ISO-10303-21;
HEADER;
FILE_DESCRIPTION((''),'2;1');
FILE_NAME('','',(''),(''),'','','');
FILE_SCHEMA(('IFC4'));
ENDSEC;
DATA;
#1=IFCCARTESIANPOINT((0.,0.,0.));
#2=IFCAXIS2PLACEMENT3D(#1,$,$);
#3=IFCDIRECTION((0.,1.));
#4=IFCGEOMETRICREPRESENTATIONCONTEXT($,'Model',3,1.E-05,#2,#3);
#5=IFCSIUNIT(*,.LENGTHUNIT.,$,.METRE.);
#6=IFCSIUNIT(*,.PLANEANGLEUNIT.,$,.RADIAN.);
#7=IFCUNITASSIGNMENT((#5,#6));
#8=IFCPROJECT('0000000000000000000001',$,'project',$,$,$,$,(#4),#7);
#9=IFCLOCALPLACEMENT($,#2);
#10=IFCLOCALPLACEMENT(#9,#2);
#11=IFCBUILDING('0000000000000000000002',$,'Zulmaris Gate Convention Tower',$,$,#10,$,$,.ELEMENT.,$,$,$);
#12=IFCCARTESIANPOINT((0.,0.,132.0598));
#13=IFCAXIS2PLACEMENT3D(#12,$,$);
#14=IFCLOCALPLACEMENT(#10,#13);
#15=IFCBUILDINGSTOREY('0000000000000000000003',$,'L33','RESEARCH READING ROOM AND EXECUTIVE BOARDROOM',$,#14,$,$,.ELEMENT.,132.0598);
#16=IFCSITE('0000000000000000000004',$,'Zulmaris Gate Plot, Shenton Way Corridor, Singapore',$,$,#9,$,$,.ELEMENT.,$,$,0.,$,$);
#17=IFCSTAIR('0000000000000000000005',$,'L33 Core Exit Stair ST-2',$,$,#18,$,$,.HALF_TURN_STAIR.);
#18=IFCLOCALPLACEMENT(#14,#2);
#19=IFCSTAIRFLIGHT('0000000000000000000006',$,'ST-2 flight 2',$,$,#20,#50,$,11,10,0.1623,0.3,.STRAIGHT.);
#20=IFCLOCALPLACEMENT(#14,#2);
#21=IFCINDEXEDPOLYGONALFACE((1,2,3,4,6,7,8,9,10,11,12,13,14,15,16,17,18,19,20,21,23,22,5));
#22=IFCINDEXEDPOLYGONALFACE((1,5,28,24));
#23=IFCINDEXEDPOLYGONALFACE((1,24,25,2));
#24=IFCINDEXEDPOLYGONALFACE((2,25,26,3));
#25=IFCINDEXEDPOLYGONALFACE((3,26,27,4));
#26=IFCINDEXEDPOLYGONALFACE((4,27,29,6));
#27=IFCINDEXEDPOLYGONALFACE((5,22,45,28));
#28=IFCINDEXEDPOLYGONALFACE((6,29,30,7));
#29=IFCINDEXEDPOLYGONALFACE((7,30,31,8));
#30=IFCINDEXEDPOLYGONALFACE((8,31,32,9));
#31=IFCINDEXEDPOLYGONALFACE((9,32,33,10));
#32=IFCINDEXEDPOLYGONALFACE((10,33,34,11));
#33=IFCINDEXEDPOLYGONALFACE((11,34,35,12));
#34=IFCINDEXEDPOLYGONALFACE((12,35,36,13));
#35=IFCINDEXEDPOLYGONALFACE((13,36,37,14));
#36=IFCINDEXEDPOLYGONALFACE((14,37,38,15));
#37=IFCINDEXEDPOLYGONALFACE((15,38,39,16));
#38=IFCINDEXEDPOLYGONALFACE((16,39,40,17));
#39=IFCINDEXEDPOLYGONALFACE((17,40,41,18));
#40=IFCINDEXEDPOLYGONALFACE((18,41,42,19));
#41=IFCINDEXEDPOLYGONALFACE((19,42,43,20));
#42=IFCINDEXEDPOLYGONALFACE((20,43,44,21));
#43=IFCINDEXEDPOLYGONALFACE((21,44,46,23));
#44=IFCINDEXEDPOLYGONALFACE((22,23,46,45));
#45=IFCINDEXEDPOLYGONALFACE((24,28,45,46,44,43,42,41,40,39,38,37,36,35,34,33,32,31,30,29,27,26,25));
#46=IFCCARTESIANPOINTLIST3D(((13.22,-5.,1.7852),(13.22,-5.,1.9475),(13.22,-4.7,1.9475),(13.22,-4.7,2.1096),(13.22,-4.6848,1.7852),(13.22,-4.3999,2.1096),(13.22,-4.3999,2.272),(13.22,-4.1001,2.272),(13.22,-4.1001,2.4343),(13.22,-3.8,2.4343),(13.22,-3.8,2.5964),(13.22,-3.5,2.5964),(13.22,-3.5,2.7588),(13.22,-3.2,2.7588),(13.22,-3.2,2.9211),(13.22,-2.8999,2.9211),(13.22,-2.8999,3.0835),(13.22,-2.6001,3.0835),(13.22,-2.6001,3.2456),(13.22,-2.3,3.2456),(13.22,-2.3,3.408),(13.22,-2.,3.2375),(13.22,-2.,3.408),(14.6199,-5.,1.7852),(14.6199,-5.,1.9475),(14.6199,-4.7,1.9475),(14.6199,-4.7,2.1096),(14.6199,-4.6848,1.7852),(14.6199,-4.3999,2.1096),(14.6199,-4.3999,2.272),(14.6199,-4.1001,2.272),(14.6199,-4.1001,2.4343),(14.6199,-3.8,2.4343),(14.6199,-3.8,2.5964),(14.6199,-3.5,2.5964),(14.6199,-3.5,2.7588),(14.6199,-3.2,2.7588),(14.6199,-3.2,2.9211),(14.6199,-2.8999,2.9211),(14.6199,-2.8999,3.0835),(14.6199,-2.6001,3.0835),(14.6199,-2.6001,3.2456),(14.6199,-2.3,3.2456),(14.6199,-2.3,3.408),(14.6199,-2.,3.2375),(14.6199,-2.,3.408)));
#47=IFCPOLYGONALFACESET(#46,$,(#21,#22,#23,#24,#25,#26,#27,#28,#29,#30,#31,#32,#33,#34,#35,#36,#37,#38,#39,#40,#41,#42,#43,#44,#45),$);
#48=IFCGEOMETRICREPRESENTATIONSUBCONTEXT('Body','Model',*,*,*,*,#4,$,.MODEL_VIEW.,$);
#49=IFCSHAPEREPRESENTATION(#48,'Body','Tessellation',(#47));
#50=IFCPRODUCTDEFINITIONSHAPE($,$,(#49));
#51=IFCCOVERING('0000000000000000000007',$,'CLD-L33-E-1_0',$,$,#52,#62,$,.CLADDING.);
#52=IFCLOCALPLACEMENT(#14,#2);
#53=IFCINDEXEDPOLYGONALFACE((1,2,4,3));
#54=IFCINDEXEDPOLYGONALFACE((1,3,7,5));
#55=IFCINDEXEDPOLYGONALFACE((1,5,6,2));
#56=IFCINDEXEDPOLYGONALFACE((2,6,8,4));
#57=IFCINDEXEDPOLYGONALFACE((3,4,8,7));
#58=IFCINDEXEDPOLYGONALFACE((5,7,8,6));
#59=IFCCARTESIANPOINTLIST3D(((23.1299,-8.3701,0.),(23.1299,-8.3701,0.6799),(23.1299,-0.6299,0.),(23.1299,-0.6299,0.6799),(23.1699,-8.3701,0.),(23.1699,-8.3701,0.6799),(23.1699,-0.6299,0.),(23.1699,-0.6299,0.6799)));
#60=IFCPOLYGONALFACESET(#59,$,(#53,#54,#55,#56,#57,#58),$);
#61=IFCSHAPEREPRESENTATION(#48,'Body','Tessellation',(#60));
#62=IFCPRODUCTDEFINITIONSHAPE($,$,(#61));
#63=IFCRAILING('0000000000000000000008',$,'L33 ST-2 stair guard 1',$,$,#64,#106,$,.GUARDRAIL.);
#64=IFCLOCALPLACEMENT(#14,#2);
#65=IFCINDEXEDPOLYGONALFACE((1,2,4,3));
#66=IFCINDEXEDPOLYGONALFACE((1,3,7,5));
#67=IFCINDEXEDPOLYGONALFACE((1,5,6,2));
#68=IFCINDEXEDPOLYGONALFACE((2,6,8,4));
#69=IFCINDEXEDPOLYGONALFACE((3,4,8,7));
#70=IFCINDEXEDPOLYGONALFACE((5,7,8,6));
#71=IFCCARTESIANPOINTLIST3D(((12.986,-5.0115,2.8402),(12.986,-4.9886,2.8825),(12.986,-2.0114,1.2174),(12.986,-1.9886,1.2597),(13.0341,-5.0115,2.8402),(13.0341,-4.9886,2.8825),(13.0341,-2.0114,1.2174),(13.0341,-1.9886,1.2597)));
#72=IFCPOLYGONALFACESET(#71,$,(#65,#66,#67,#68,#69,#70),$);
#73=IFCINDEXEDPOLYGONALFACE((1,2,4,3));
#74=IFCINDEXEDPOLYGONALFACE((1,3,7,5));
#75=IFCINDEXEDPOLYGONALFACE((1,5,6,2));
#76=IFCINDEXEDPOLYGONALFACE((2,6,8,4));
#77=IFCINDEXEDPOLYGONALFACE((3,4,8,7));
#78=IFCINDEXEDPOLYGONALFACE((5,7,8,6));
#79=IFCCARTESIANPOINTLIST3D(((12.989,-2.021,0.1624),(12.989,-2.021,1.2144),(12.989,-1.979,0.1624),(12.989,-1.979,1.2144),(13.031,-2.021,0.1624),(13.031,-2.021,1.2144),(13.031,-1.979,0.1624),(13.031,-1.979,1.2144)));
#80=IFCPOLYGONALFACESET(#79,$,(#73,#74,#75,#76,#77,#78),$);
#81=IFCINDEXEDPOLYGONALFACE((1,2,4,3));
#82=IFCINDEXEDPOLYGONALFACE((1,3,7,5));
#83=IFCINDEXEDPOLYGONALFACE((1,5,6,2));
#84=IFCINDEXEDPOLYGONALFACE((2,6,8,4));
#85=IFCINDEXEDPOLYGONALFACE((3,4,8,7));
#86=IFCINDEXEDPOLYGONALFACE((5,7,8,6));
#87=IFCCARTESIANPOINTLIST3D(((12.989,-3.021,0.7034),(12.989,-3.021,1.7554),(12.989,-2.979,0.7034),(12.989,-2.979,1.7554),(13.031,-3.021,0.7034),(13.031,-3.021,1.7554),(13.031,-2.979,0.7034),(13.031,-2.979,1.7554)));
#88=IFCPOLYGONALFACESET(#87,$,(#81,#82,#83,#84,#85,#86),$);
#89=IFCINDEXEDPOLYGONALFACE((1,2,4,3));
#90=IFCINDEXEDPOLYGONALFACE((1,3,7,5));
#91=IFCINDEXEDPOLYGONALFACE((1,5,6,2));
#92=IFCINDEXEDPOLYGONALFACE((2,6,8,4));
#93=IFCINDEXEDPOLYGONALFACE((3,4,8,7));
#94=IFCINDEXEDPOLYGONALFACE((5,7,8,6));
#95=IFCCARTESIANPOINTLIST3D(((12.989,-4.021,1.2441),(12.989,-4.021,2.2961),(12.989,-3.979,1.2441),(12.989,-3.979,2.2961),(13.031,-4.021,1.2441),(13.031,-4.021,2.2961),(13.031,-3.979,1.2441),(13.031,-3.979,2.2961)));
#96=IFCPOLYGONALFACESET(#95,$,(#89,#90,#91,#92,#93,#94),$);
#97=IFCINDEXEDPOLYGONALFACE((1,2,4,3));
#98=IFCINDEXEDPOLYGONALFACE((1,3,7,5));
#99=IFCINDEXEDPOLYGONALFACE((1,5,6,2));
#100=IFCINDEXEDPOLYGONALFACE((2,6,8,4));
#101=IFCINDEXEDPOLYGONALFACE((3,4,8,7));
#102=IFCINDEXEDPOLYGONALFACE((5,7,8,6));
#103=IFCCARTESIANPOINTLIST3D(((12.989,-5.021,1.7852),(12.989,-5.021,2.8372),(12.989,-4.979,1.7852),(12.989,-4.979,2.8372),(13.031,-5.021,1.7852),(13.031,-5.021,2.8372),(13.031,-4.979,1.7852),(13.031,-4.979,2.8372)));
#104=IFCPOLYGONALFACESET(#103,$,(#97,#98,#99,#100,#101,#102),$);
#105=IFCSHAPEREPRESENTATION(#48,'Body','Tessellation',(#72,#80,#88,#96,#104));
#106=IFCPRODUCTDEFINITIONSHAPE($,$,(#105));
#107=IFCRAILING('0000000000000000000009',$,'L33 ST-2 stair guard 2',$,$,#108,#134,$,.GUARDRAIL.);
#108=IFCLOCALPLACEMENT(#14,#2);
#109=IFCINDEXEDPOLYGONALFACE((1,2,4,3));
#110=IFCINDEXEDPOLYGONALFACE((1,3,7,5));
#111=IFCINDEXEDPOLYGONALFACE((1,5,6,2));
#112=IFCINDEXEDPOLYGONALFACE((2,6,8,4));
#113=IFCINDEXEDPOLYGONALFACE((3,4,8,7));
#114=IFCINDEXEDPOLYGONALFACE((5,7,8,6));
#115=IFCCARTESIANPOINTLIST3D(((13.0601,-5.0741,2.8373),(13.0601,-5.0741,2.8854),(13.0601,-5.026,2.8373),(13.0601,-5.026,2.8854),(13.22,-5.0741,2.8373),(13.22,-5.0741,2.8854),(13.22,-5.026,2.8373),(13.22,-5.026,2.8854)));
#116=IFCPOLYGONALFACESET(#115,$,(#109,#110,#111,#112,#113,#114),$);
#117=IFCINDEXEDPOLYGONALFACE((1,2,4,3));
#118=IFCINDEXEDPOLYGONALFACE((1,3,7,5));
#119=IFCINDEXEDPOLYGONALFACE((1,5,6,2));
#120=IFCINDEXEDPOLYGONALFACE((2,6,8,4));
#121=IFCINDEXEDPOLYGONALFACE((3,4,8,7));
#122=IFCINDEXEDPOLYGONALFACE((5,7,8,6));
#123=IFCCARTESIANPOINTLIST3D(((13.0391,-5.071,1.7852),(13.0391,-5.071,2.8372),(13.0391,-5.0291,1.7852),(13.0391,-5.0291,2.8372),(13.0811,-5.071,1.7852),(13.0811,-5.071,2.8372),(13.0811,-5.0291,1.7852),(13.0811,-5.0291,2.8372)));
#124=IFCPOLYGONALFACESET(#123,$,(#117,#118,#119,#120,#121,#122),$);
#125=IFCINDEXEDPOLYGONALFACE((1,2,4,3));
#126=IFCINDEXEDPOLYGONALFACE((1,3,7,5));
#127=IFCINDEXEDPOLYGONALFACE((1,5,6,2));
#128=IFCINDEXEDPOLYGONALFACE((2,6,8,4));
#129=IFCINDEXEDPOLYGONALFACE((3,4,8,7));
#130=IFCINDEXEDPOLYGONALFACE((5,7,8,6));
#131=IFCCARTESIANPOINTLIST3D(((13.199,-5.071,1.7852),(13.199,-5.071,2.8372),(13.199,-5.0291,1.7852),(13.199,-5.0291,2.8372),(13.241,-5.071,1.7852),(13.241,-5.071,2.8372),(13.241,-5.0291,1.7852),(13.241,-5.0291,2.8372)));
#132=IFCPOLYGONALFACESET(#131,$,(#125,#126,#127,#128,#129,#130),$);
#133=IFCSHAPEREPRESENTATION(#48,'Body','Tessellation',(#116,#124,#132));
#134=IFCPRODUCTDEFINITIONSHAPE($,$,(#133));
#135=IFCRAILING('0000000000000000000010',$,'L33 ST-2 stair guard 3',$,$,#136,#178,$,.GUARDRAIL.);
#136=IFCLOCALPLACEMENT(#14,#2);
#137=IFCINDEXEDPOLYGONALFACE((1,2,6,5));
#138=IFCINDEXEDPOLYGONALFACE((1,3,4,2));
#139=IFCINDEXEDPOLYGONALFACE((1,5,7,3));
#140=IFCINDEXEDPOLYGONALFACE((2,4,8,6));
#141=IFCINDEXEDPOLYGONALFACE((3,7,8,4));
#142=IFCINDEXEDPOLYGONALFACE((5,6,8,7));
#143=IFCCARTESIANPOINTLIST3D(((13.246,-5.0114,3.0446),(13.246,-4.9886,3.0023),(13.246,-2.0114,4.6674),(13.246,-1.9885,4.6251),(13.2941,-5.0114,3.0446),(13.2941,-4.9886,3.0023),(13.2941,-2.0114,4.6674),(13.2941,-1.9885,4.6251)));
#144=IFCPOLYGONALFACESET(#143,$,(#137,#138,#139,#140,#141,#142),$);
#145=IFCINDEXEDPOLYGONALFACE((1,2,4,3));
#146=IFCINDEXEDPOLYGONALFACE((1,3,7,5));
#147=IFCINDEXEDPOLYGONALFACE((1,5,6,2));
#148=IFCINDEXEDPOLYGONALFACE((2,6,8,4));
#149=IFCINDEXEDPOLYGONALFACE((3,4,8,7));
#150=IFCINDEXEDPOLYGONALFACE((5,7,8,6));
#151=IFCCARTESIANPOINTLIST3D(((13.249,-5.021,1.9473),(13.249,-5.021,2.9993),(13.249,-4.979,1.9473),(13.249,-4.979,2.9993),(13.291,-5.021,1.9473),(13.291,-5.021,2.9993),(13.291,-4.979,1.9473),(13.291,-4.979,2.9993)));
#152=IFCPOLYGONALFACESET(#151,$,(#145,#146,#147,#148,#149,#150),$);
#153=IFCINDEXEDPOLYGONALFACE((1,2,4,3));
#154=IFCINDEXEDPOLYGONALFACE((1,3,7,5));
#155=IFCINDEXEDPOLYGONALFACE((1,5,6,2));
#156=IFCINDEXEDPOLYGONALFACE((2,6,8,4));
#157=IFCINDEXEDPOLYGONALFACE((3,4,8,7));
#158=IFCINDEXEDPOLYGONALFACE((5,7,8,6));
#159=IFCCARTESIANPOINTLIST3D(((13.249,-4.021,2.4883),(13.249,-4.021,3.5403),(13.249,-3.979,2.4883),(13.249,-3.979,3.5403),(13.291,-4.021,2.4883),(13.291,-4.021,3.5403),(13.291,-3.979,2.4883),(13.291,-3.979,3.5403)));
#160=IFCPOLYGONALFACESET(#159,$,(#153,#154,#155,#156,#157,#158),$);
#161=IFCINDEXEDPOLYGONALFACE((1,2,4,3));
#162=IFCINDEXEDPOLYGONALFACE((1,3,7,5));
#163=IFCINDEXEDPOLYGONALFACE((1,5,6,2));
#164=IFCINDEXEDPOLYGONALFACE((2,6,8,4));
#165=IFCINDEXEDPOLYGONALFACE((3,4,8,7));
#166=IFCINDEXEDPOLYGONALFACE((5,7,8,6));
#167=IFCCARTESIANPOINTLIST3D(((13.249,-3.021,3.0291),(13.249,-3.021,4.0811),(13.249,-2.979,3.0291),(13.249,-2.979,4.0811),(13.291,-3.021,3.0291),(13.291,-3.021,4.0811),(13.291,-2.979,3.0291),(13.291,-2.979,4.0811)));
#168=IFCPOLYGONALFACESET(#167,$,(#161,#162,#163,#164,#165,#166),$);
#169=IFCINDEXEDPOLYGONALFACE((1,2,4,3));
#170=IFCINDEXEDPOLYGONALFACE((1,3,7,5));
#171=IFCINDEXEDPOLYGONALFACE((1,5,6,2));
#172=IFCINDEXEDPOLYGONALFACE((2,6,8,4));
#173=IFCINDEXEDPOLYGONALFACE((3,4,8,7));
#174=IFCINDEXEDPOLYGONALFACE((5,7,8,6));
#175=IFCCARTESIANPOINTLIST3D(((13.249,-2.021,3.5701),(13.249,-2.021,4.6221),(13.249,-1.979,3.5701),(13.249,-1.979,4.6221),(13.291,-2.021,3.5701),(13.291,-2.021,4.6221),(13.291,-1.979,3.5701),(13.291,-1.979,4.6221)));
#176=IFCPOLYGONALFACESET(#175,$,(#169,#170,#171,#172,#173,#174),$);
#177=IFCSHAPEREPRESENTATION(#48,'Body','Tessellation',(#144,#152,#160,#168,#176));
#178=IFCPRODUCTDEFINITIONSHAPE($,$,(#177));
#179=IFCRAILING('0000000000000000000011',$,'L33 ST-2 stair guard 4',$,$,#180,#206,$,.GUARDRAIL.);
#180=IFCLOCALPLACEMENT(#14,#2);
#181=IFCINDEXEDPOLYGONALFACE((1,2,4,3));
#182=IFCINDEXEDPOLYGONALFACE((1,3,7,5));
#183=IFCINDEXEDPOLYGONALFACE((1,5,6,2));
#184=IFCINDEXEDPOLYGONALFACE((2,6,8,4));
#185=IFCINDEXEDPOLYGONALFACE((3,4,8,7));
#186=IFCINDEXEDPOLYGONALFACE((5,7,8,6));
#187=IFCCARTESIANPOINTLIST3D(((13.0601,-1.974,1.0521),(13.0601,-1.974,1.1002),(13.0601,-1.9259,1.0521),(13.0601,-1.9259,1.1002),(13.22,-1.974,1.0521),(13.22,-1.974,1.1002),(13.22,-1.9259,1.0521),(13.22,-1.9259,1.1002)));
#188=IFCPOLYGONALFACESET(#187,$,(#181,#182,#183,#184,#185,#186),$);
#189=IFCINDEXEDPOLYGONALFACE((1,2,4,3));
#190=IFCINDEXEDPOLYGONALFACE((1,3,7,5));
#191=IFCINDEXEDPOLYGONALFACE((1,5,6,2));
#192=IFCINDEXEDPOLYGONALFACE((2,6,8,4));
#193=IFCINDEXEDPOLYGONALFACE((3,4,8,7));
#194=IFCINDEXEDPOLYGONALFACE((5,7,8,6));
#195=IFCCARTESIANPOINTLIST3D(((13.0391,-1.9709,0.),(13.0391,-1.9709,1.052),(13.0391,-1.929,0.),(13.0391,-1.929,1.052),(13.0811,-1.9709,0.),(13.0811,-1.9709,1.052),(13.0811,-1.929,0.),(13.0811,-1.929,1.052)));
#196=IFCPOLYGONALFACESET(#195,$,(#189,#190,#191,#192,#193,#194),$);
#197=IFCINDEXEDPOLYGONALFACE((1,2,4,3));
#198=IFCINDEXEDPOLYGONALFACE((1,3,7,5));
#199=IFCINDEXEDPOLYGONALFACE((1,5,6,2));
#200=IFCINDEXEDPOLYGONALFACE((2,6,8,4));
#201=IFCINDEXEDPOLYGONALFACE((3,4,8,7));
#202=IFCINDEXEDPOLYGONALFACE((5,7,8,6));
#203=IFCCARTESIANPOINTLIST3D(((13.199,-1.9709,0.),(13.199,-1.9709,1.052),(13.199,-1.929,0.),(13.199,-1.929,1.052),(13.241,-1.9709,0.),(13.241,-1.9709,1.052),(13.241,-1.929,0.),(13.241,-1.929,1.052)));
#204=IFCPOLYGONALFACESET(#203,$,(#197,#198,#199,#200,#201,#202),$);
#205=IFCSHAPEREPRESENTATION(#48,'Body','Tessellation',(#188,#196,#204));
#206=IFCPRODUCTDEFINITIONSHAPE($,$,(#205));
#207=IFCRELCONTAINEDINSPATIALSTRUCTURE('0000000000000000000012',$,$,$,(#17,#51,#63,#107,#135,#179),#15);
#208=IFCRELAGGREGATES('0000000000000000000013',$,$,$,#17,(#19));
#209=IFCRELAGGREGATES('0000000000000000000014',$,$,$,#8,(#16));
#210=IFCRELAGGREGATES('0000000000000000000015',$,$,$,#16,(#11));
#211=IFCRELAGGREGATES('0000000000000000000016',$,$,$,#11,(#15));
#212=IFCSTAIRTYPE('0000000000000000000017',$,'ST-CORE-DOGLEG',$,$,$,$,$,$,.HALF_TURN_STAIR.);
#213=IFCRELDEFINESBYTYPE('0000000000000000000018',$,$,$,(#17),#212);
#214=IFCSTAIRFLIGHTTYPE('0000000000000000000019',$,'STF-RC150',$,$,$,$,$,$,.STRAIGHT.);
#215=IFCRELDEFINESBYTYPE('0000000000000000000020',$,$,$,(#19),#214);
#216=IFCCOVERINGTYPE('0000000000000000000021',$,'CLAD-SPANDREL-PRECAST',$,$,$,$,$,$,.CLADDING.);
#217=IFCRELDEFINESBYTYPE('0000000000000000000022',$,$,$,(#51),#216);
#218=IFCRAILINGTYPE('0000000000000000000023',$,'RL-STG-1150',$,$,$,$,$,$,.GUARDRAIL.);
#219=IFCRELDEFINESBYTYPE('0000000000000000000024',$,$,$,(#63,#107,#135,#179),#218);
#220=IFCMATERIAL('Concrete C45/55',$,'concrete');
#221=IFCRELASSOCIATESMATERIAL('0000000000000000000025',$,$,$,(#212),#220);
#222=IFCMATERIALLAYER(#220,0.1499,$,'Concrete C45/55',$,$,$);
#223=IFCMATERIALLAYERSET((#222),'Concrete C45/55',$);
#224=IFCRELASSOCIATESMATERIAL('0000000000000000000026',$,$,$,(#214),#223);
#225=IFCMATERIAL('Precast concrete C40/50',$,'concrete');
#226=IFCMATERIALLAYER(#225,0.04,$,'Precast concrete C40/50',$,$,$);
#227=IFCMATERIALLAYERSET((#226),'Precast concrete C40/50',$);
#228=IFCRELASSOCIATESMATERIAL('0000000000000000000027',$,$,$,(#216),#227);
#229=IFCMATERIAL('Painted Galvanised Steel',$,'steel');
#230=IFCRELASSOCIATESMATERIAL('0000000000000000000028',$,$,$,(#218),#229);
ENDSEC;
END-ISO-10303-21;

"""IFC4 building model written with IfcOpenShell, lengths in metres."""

from ifc_helpers import new_model, si_unit, direction, frame, frame_2d, origin, origin_2d, place, context, subcontext, project, spatial, polyline, rectangle, outline, extrude, material, layer, layer_set, type_object, element, aggregate, save


model = new_model("IFC4")

# Units and contexts
model_context = context("Model", 3, precision=1e-05, world=origin(), true_north=direction((0.0, 1.0)))
body_context = subcontext(model_context, "Body", "Model", "MODEL_VIEW")
ifc_project = project(units=[si_unit("LENGTHUNIT", "METRE"), si_unit("PLANEANGLEUNIT", "RADIAN")], contexts=[model_context])

# Site, building, storey
site_placement = place(None, origin())
site = spatial("IfcSite", under=ifc_project, at=site_placement, Name="Zulmaris Gate Plot, Shenton Way Corridor, Singapore", CompositionType="ELEMENT", RefElevation=0.0)
building_placement = place(site_placement, origin())
building = spatial("IfcBuilding", under=site, at=building_placement, Name="Zulmaris Gate Convention Tower", CompositionType="ELEMENT")
storey_placement = place(building_placement, frame((0.0, 0.0, 132.0598)))
storey = spatial("IfcBuildingStorey", under=building, at=storey_placement, Name="L33", Description="RESEARCH READING ROOM AND EXECUTIVE BOARDROOM", CompositionType="ELEMENT", Elevation=132.0598)

# Shared definitions
ifc_material_1 = material(Name="Precast concrete C40/50", Category="concrete")

# Stair, stair flight
ifc_material_2 = material(Name="Concrete C45/55", Category="concrete")
stair_type = type_object("IfcStairType", Name="ST-CORE-DOGLEG", PredefinedType="HALF_TURN_STAIR", material=ifc_material_2)
stair_placement = place(storey_placement, origin())
stair = element("IfcStair", 1, at=stair_placement, inside=storey, type_object=stair_type, Name="L33 Core Exit Stair ST-2", PredefinedType="HALF_TURN_STAIR")
ifc_layer_1 = layer(ifc_material_2, 0.1499, Name="Concrete C45/55")
ifc_layer_set_1 = layer_set([ifc_layer_1], Name="Concrete C45/55")
stair_flight_type = type_object("IfcStairFlightType", Name="STF-RC150", PredefinedType="STRAIGHT", material=ifc_layer_set_1)
stair_flight_placement = place(storey_placement, frame((13.9199, -5.0, 1.7852), z_axis=(0.0, 0.0, 1.0), x_axis=(0.0, 1.0, 0.0)))
stair_flight = element("IfcStairFlight", 2, at=stair_flight_placement, type_object=stair_flight_type, Name="ST-2 flight 2", NumberOfRisers=11, NumberOfTreads=10, PredefinedType="STRAIGHT", RiserHeight=0.1623, TreadLength=0.3, context=body_context, shape_type="SweptSolid", body=[
    extrude(outline(polyline([(0.0, 0.0), (0.0, 0.1624), (0.3, 0.1624), (0.3, 0.3245), (0.6001, 0.3245), (0.6001, 0.4868), (0.8999, 0.4868), (0.8999, 0.6492), (1.2, 0.6492), (1.2, 0.8113), (1.5, 0.8113), (1.5, 0.9736), (1.8, 0.9736), (1.8, 1.136), (2.1001, 1.136), (2.1001, 1.2983), (2.3999, 1.2983), (2.3999, 1.4604), (2.7, 1.4604), (2.7, 1.6228), (3.0, 1.6228), (3.0, 1.7852), (3.0, 1.4524), (0.3152, 0.0), (0.0, 0.0)])), frame((0.0, 0.7, 0.0), z_axis=(0.0, -1.0, 0.0), x_axis=(1.0, 0.0, 0.0)), (0.0, 0.0, 1.0), 1.3999),
])
aggregate(stair, [stair_flight])

# Covering
ifc_layer_2 = layer(ifc_material_1, 0.04, Name="Precast concrete C40/50")
ifc_layer_set_2 = layer_set([ifc_layer_2], Name="Precast concrete C40/50")
covering_type = type_object("IfcCoveringType", Name="CLAD-SPANDREL-PRECAST", PredefinedType="CLADDING", material=ifc_layer_set_2)
covering_placement = place(storey_placement, frame((23.1499, -8.3701, 0.0), z_axis=(0.0, 0.0, 1.0), x_axis=(0.0, 1.0, 0.0)))
element("IfcCovering", 3, at=covering_placement, inside=storey, type_object=covering_type, Name="CLD-L33-E-1_0", PredefinedType="CLADDING", context=body_context, shape_type="SweptSolid", body=[
    extrude(rectangle(XDim=7.7402, YDim=0.04, at=frame_2d((3.8701, 0.0))), origin(), (0.0, 0.0, 1.0), 0.6799),
])

# Railings
ifc_material_3 = material(Name="Painted Galvanised Steel", Category="steel")
railing_type_1 = type_object("IfcRailingType", Name="RL-STG-1150", PredefinedType="GUARDRAIL", material=ifc_material_3)
railing_1_placement = place(storey_placement, frame((13.01, -2.0, 0.1624)))
element("IfcRailing", 4, at=railing_1_placement, inside=storey, type_object=railing_type_1, Name="L33 ST-2 stair guard 1", PredefinedType="GUARDRAIL", context=body_context, shape_type="SweptSolid", body=[
    extrude(rectangle(XDim=0.0481, YDim=0.0481, at=origin_2d()), frame((0.0, 0.0, 1.0762), z_axis=(0.0, -0.879562, 0.475785), x_axis=(1.0, 0.0, 0.0)), (0.0, 0.0, 1.0), 3.4109),
    extrude(rectangle(XDim=0.042, YDim=0.042, at=origin_2d()), origin(), (0.0, 0.0, 1.0), 1.052),
    extrude(rectangle(XDim=0.042, YDim=0.042, at=origin_2d()), frame((0.0, -1.0, 0.541)), (0.0, 0.0, 1.0), 1.052),
    extrude(rectangle(XDim=0.042, YDim=0.042, at=origin_2d()), frame((0.0, -2.0, 1.0818)), (0.0, 0.0, 1.0), 1.052),
    extrude(rectangle(XDim=0.042, YDim=0.042, at=origin_2d()), frame((0.0, -3.0, 1.6228)), (0.0, 0.0, 1.0), 1.052),
])
railing_2_placement = place(storey_placement, frame((13.0601, -5.05, 1.7852)))
element("IfcRailing", 5, at=railing_2_placement, inside=storey, type_object=railing_type_1, Name="L33 ST-2 stair guard 2", PredefinedType="GUARDRAIL", context=body_context, shape_type="SweptSolid", body=[
    extrude(rectangle(XDim=0.0481, YDim=0.0481, at=origin_2d()), frame((0.0, 0.0, 1.0762), z_axis=(1.0, 0.0, 0.0), x_axis=(0.0, 1.0, 0.0)), (0.0, 0.0, 1.0), 0.1599),
    extrude(rectangle(XDim=0.042, YDim=0.042, at=origin_2d()), origin(), (0.0, 0.0, 1.0), 1.052),
    extrude(rectangle(XDim=0.042, YDim=0.042, at=origin_2d()), frame((0.1599, 0.0, 0.0)), (0.0, 0.0, 1.0), 1.052),
])
railing_3_placement = place(storey_placement, frame((13.27, -5.0, 1.9473)))
element("IfcRailing", 6, at=railing_3_placement, inside=storey, type_object=railing_type_1, Name="L33 ST-2 stair guard 3", PredefinedType="GUARDRAIL", context=body_context, shape_type="SweptSolid", body=[
    extrude(rectangle(XDim=0.0481, YDim=0.0481, at=origin_2d()), frame((0.0, 0.0, 1.0762), z_axis=(0.0, 0.879562, 0.475785), x_axis=(-1.0, 0.0, 0.0)), (0.0, 0.0, 1.0), 3.4109),
    extrude(rectangle(XDim=0.042, YDim=0.042, at=origin_2d()), origin(), (0.0, 0.0, 1.0), 1.052),
    extrude(rectangle(XDim=0.042, YDim=0.042, at=origin_2d()), frame((0.0, 1.0, 0.541)), (0.0, 0.0, 1.0), 1.052),
    extrude(rectangle(XDim=0.042, YDim=0.042, at=origin_2d()), frame((0.0, 2.0, 1.0818)), (0.0, 0.0, 1.0), 1.052),
    extrude(rectangle(XDim=0.042, YDim=0.042, at=origin_2d()), frame((0.0, 3.0, 1.6228)), (0.0, 0.0, 1.0), 1.052),
])
railing_4_placement = place(storey_placement, frame((13.0601, -1.95, 0.0)))
element("IfcRailing", 7, at=railing_4_placement, inside=storey, type_object=railing_type_1, Name="L33 ST-2 stair guard 4", PredefinedType="GUARDRAIL", context=body_context, shape_type="SweptSolid", body=[
    extrude(rectangle(XDim=0.0481, YDim=0.0481, at=origin_2d()), frame((0.0, 0.0, 1.0762), z_axis=(1.0, 0.0, 0.0), x_axis=(0.0, 1.0, 0.0)), (0.0, 0.0, 1.0), 0.1599),
    extrude(rectangle(XDim=0.042, YDim=0.042, at=origin_2d()), origin(), (0.0, 0.0, 1.0), 1.052),
    extrude(rectangle(XDim=0.042, YDim=0.042, at=origin_2d()), frame((0.1599, 0.0, 0.0)), (0.0, 0.0, 1.0), 1.052),
])

save(model, "model.ifc")
